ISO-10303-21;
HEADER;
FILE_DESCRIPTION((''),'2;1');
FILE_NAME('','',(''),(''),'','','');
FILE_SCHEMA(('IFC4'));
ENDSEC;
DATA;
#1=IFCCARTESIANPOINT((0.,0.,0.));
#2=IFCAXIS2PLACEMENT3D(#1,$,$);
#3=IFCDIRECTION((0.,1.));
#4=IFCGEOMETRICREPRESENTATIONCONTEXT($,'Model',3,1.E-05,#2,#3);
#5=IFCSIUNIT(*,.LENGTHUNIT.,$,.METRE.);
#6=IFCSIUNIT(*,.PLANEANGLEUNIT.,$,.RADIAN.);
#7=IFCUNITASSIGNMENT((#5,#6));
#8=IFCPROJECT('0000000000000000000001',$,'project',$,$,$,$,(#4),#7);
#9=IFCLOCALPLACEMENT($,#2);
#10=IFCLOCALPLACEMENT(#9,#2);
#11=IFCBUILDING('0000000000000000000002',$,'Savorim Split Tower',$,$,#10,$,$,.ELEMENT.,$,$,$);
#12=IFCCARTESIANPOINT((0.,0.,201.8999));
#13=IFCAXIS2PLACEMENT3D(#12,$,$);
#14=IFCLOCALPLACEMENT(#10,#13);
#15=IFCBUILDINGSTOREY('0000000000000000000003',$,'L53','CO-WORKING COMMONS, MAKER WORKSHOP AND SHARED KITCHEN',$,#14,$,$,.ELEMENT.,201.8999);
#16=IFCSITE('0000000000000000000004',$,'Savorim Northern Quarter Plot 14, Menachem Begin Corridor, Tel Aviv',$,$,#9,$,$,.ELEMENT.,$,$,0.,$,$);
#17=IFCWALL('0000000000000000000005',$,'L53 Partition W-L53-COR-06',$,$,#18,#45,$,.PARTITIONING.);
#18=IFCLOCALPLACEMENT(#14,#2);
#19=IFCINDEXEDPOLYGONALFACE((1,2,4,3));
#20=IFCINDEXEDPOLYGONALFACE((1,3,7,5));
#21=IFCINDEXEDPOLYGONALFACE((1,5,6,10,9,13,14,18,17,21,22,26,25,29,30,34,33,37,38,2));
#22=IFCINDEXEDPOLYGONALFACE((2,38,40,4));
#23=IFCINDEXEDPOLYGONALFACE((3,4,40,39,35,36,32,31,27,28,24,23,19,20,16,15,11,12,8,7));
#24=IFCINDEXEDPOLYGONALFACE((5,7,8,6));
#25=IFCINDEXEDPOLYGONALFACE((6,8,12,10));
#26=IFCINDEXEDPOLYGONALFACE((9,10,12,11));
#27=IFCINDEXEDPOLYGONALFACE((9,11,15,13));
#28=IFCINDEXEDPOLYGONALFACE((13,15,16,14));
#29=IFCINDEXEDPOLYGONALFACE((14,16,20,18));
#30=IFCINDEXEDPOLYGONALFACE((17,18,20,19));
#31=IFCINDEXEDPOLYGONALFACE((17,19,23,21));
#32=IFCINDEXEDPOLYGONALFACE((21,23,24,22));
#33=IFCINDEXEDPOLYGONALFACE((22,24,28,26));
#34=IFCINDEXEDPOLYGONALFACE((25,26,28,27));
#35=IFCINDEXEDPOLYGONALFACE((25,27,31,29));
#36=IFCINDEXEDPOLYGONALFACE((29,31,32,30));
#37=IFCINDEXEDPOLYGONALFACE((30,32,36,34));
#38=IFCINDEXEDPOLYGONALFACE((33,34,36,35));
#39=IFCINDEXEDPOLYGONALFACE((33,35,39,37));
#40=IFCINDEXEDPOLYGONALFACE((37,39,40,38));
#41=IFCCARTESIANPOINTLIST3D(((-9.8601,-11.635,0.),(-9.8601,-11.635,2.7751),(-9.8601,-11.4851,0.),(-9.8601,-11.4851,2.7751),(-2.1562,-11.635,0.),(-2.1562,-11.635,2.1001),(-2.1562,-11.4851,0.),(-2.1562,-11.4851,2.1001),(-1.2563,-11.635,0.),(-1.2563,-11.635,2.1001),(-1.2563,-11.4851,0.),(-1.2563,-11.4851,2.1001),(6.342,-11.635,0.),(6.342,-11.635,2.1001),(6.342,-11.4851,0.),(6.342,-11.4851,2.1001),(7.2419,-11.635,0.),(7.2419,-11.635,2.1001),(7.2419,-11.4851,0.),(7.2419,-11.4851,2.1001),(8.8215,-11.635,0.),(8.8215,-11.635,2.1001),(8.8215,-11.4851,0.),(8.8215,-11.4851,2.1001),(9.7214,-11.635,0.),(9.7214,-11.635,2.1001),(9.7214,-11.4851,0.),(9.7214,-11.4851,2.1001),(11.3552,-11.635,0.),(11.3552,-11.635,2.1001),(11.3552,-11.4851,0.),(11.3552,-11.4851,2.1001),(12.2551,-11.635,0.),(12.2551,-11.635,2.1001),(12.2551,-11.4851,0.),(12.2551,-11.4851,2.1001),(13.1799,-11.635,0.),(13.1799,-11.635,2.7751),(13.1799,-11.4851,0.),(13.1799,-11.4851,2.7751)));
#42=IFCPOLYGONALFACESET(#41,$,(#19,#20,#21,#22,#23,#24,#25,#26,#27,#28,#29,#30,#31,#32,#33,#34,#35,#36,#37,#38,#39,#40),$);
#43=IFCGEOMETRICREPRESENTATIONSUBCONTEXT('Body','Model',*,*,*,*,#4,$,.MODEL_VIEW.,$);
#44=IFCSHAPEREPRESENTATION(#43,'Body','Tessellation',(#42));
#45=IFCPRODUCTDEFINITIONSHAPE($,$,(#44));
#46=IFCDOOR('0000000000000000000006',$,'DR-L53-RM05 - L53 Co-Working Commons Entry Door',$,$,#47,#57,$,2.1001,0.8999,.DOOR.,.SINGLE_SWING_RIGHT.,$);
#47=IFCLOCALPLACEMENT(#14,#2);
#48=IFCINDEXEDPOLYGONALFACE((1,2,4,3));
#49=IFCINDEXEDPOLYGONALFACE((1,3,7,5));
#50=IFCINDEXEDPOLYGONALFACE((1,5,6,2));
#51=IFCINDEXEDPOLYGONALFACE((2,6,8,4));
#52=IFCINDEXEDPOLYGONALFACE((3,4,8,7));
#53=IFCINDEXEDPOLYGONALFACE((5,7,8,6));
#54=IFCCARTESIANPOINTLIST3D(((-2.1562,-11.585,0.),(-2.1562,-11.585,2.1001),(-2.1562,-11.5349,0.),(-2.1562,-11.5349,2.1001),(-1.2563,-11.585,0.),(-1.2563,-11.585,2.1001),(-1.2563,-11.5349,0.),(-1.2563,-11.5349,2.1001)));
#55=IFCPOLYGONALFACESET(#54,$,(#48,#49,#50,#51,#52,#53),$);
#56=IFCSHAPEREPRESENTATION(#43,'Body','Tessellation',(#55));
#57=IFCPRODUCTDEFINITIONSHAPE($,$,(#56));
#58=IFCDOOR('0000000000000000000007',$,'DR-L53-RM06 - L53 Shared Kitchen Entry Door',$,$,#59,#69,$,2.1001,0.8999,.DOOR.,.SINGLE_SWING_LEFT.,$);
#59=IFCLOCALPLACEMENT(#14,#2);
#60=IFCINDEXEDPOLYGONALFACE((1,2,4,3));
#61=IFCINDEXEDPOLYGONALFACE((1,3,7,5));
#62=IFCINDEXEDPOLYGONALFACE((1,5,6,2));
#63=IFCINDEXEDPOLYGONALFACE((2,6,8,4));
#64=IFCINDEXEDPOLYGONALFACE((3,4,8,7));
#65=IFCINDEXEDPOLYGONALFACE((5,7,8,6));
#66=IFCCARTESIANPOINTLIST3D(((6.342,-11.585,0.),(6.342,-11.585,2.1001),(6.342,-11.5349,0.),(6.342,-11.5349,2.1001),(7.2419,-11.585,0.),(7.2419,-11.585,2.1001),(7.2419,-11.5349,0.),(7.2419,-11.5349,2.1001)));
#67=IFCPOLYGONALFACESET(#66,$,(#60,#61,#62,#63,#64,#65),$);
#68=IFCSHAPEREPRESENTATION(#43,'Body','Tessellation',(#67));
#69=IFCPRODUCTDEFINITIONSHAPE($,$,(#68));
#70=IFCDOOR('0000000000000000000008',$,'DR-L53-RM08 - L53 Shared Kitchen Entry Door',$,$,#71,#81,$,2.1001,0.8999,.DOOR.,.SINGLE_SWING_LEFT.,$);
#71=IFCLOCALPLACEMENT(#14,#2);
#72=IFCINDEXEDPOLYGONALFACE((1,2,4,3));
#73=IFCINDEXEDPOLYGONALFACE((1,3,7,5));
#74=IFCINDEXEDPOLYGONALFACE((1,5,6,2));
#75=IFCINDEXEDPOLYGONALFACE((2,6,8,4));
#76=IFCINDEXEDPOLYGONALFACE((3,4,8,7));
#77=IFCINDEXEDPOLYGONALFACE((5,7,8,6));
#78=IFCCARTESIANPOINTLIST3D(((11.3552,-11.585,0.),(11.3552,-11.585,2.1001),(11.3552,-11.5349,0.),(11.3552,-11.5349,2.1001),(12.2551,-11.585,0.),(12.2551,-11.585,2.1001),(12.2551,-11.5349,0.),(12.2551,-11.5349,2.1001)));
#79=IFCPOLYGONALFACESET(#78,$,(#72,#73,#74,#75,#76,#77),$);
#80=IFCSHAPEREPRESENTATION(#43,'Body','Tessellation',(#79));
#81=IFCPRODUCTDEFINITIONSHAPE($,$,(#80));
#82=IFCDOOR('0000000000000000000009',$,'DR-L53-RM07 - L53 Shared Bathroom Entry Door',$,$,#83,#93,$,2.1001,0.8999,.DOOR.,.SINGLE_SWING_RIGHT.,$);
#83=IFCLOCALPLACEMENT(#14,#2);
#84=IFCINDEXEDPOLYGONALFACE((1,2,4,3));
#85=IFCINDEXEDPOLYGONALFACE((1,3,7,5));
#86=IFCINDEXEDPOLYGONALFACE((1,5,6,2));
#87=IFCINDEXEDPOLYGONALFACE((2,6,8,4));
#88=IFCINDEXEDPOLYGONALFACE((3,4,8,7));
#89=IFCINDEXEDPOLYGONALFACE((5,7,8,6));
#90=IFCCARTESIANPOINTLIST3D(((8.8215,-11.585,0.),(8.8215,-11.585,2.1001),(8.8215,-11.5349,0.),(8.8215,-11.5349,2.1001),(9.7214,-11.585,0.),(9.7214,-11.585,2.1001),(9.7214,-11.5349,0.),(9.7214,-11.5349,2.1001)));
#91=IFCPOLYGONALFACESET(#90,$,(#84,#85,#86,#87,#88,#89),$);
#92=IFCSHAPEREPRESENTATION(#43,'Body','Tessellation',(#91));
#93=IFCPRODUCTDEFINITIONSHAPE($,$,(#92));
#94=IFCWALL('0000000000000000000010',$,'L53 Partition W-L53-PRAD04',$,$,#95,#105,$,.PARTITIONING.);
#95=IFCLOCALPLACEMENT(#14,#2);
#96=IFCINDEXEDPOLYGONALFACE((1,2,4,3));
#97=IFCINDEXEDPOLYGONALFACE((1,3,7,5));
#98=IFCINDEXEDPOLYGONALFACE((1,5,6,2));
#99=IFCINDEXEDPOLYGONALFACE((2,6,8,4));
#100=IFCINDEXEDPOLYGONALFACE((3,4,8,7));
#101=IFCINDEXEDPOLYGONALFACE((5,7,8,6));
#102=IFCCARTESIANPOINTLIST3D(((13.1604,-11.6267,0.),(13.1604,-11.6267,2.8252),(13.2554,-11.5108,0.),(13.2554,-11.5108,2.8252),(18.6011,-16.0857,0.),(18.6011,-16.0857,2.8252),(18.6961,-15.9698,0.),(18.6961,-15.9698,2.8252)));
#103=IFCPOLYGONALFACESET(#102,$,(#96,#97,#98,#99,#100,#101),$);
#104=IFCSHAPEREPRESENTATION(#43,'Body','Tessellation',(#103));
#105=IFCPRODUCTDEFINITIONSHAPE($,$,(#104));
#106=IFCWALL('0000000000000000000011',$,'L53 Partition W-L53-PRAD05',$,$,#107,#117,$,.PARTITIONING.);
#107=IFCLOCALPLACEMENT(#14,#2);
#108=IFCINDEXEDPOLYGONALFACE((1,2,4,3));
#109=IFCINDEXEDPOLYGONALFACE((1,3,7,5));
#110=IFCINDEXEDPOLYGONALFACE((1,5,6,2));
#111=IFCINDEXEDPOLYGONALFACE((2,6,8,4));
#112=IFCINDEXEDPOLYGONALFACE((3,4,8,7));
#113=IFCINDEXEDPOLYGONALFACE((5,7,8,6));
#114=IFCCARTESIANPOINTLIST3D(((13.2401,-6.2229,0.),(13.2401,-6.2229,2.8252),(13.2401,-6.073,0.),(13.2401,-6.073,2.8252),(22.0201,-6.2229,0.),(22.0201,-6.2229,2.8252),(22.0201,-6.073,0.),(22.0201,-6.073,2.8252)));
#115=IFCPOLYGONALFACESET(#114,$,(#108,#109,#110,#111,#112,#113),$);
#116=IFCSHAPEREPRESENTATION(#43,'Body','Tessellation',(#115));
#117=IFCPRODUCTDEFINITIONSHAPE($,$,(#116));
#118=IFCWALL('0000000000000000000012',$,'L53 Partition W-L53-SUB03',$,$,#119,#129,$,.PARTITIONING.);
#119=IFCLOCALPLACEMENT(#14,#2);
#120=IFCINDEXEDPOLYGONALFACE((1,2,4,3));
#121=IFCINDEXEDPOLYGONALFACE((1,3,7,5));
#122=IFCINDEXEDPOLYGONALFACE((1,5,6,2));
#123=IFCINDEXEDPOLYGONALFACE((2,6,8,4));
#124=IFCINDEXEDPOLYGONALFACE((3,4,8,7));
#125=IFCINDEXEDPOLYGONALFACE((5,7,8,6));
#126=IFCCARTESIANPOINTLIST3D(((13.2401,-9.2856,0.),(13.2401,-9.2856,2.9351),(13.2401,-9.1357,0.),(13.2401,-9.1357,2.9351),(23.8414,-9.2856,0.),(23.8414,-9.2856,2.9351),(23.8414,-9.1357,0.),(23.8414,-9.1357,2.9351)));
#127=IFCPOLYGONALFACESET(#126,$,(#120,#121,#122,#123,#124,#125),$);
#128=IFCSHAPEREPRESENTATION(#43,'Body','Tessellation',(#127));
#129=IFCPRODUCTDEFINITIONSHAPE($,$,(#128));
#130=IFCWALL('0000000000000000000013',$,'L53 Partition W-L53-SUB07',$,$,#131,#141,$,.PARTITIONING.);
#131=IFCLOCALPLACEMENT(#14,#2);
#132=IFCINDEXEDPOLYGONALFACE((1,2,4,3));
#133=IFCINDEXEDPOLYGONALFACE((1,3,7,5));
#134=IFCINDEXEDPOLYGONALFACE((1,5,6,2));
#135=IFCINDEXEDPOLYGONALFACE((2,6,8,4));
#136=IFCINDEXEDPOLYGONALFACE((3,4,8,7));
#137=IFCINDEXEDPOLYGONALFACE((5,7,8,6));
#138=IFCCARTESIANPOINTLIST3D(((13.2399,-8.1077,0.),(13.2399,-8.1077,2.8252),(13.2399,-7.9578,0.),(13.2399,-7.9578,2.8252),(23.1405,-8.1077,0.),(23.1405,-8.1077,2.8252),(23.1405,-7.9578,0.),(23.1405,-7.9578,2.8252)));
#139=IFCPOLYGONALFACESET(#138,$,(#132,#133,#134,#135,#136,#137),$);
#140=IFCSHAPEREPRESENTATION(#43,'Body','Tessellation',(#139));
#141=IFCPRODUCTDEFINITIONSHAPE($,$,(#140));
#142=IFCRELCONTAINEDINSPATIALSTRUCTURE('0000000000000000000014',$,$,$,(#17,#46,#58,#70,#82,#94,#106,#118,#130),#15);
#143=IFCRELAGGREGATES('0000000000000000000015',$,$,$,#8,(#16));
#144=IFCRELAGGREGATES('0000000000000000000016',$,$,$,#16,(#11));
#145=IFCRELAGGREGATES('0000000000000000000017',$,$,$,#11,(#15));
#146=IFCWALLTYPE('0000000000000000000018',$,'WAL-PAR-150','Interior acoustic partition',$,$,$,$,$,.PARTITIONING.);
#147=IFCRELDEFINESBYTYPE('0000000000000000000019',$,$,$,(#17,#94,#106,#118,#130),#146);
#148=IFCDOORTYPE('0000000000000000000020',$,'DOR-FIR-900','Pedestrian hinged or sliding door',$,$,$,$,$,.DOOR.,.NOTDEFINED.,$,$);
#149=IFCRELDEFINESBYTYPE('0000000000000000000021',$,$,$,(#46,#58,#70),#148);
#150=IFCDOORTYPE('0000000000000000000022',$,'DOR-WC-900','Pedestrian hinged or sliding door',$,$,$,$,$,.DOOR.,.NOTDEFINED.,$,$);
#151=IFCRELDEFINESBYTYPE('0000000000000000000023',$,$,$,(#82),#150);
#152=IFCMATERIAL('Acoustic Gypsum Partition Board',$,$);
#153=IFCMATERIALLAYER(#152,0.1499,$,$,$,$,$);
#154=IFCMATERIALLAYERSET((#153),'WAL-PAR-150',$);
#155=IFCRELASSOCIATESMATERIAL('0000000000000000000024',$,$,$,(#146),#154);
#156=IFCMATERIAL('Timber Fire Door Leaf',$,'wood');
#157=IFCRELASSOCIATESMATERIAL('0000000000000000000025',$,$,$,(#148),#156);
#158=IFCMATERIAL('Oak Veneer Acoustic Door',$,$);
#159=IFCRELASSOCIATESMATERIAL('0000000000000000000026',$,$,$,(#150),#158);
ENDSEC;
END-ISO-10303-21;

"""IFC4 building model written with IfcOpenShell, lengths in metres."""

from ifc_helpers import new_model, si_unit, direction, frame, frame_2d, origin, place, context, subcontext, project, spatial, rectangle, extrude, material, layer, layer_set, type_object, element, fill, save


model = new_model("IFC4")

# Units and contexts
model_context = context("Model", 3, precision=1e-05, world=origin(), true_north=direction((0.0, 1.0)))
body_context = subcontext(model_context, "Body", "Model", "MODEL_VIEW")
ifc_project = project(units=[si_unit("LENGTHUNIT", "METRE"), si_unit("PLANEANGLEUNIT", "RADIAN")], contexts=[model_context])

# Site, building, storey
site_placement = place(None, origin())
site = spatial("IfcSite", under=ifc_project, at=site_placement, Name="Savorim Northern Quarter Plot 14, Menachem Begin Corridor, Tel Aviv", CompositionType="ELEMENT", RefElevation=0.0)
building_placement = place(site_placement, origin())
building = spatial("IfcBuilding", under=site, at=building_placement, Name="Savorim Split Tower", CompositionType="ELEMENT")
storey_placement = place(building_placement, frame((0.0, 0.0, 201.8999)))
storey = spatial("IfcBuildingStorey", under=building, at=storey_placement, Name="L53", Description="CO-WORKING COMMONS, MAKER WORKSHOP AND SHARED KITCHEN", CompositionType="ELEMENT", Elevation=201.8999)

# Wall, openings, doors
ifc_material_1 = material(Name="Acoustic Gypsum Partition Board")
ifc_layer_1 = layer(ifc_material_1, 0.1499)
ifc_layer_set_1 = layer_set([ifc_layer_1], Name="WAL-PAR-150")
wall_type_1 = type_object("IfcWallType", Name="WAL-PAR-150", Description="Interior acoustic partition", PredefinedType="PARTITIONING", material=ifc_layer_set_1)
wall_1_placement = place(storey_placement, frame((13.1799, -11.5601, 0.0), z_axis=(0.0, 0.0, 1.0), x_axis=(-1.0, 0.0, 0.0)))
wall_1 = element("IfcWall", 1, at=wall_1_placement, inside=storey, type_object=wall_type_1, Name="L53 Partition W-L53-COR-06", PredefinedType="PARTITIONING", context=body_context, shape_type="SweptSolid", body=[
    extrude(rectangle(XDim=23.04, YDim=0.1499, at=frame_2d((11.52, 0.0))), origin(), (0.0, 0.0, 1.0), 2.7751),
])
opening_1_placement = place(wall_1_placement, frame((14.4363, 0.0, 0.0)))
opening_1 = element("IfcOpeningElement", 2, at=opening_1_placement, cuts=wall_1, PredefinedType="OPENING", context=body_context, shape_type="SweptSolid", body=[
    extrude(rectangle(XDim=0.8999, YDim=2.1001, at=frame_2d((0.45, 1.05))), frame((0.0, 0.085, 0.0), z_axis=(0.0, -1.0, 0.0), x_axis=(1.0, 0.0, 0.0)), (0.0, 0.0, 1.0), 0.1699),
])
opening_2_placement = place(wall_1_placement, frame((5.938, 0.0, 0.0)))
opening_2 = element("IfcOpeningElement", 3, at=opening_2_placement, cuts=wall_1, PredefinedType="OPENING", context=body_context, shape_type="SweptSolid", body=[
    extrude(rectangle(XDim=0.8999, YDim=2.1001, at=frame_2d((0.45, 1.05))), frame((0.0, 0.085, 0.0), z_axis=(0.0, -1.0, 0.0), x_axis=(1.0, 0.0, 0.0)), (0.0, 0.0, 1.0), 0.1699),
])
opening_3_placement = place(wall_1_placement, frame((3.4585, 0.0, 0.0)))
opening_3 = element("IfcOpeningElement", 4, at=opening_3_placement, cuts=wall_1, PredefinedType="OPENING", context=body_context, shape_type="SweptSolid", body=[
    extrude(rectangle(XDim=0.8999, YDim=2.1001, at=frame_2d((0.45, 1.05))), frame((0.0, 0.085, 0.0), z_axis=(0.0, -1.0, 0.0), x_axis=(1.0, 0.0, 0.0)), (0.0, 0.0, 1.0), 0.1699),
])
opening_4_placement = place(wall_1_placement, frame((0.9248, 0.0, 0.0)))
opening_4 = element("IfcOpeningElement", 5, at=opening_4_placement, cuts=wall_1, PredefinedType="OPENING", context=body_context, shape_type="SweptSolid", body=[
    extrude(rectangle(XDim=0.8999, YDim=2.1001, at=frame_2d((0.45, 1.05))), frame((0.0, 0.085, 0.0), z_axis=(0.0, -1.0, 0.0), x_axis=(1.0, 0.0, 0.0)), (0.0, 0.0, 1.0), 0.1699),
])
ifc_material_2 = material(Name="Timber Fire Door Leaf", Category="wood")
door_type_1 = type_object("IfcDoorType", Name="DOR-FIR-900", Description="Pedestrian hinged or sliding door", OperationType="NOTDEFINED", PredefinedType="DOOR", material=ifc_material_2)
door_1_placement = place(opening_1_placement, origin())
door_1 = element("IfcDoor", 6, at=door_1_placement, inside=storey, type_object=door_type_1, Name="DR-L53-RM05 - L53 Co-Working Commons Entry Door", OperationType="SINGLE_SWING_RIGHT", OverallHeight=2.1001, OverallWidth=0.8999, PredefinedType="DOOR", context=body_context, shape_type="SweptSolid", body=[
    extrude(rectangle(XDim=0.8999, YDim=2.1001, at=frame_2d((0.45, 1.05))), frame((0.0, 0.0249, 0.0), z_axis=(0.0, -1.0, 0.0), x_axis=(1.0, 0.0, 0.0)), (0.0, 0.0, 1.0), 0.05),
])
fill(opening_1, door_1)
door_2_placement = place(opening_2_placement, origin())
door_2 = element("IfcDoor", 7, at=door_2_placement, inside=storey, type_object=door_type_1, Name="DR-L53-RM06 - L53 Shared Kitchen Entry Door", OperationType="SINGLE_SWING_LEFT", OverallHeight=2.1001, OverallWidth=0.8999, PredefinedType="DOOR", context=body_context, shape_type="SweptSolid", body=[
    extrude(rectangle(XDim=0.8999, YDim=2.1001, at=frame_2d((0.45, 1.05))), frame((0.0, 0.0249, 0.0), z_axis=(0.0, -1.0, 0.0), x_axis=(1.0, 0.0, 0.0)), (0.0, 0.0, 1.0), 0.05),
])
fill(opening_2, door_2)
door_3_placement = place(opening_4_placement, origin())
door_3 = element("IfcDoor", 8, at=door_3_placement, inside=storey, type_object=door_type_1, Name="DR-L53-RM08 - L53 Shared Kitchen Entry Door", OperationType="SINGLE_SWING_LEFT", OverallHeight=2.1001, OverallWidth=0.8999, PredefinedType="DOOR", context=body_context, shape_type="SweptSolid", body=[
    extrude(rectangle(XDim=0.8999, YDim=2.1001, at=frame_2d((0.45, 1.05))), frame((0.0, 0.0249, 0.0), z_axis=(0.0, -1.0, 0.0), x_axis=(1.0, 0.0, 0.0)), (0.0, 0.0, 1.0), 0.05),
])
fill(opening_4, door_3)
ifc_material_3 = material(Name="Oak Veneer Acoustic Door")
door_type_2 = type_object("IfcDoorType", Name="DOR-WC-900", Description="Pedestrian hinged or sliding door", OperationType="NOTDEFINED", PredefinedType="DOOR", material=ifc_material_3)
door_4_placement = place(opening_3_placement, origin())
door_4 = element("IfcDoor", 9, at=door_4_placement, inside=storey, type_object=door_type_2, Name="DR-L53-RM07 - L53 Shared Bathroom Entry Door", OperationType="SINGLE_SWING_RIGHT", OverallHeight=2.1001, OverallWidth=0.8999, PredefinedType="DOOR", context=body_context, shape_type="SweptSolid", body=[
    extrude(rectangle(XDim=0.8999, YDim=2.1001, at=frame_2d((0.45, 1.05))), frame((0.0, 0.0249, 0.0), z_axis=(0.0, -1.0, 0.0), x_axis=(1.0, 0.0, 0.0)), (0.0, 0.0, 1.0), 0.05),
])
fill(opening_3, door_4)

# Walls
wall_2_placement = place(storey_placement, frame((13.208, -11.5688, 0.0), z_axis=(0.0, 0.0, 1.0), x_axis=(0.773433, -0.633878, 0.0)))
element("IfcWall", 10, at=wall_2_placement, inside=storey, type_object=wall_type_1, Name="L53 Partition W-L53-PRAD04", PredefinedType="PARTITIONING", context=body_context, shape_type="SweptSolid", body=[
    extrude(rectangle(XDim=7.0344, YDim=0.1499, at=frame_2d((3.5171, 0.0))), origin(), (0.0, 0.0, 1.0), 2.8252),
])
wall_3_placement = place(storey_placement, frame((13.24, -6.1479, 0.0), z_axis=(0.0, 0.0, 1.0), x_axis=(1.0, 0.0, 0.0)))
element("IfcWall", 11, at=wall_3_placement, inside=storey, type_object=wall_type_1, Name="L53 Partition W-L53-PRAD05", PredefinedType="PARTITIONING", context=body_context, shape_type="SweptSolid", body=[
    extrude(rectangle(XDim=8.78, YDim=0.1499, at=frame_2d((4.3901, 0.0))), origin(), (0.0, 0.0, 1.0), 2.8252),
])
wall_4_placement = place(storey_placement, frame((13.24, -9.2107, 0.0), z_axis=(0.0, 0.0, 1.0), x_axis=(1.0, 0.0, 0.0)))
element("IfcWall", 12, at=wall_4_placement, inside=storey, type_object=wall_type_1, Name="L53 Partition W-L53-SUB03", PredefinedType="PARTITIONING", context=body_context, shape_type="SweptSolid", body=[
    extrude(rectangle(XDim=10.6013, YDim=0.1499, at=frame_2d((5.3008, 0.0))), origin(), (0.0, 0.0, 1.0), 2.9351),
])
wall_5_placement = place(storey_placement, frame((13.24, -8.0327, 0.0), z_axis=(0.0, 0.0, 1.0), x_axis=(1.0, 0.0, 0.0)))
element("IfcWall", 13, at=wall_5_placement, inside=storey, type_object=wall_type_1, Name="L53 Partition W-L53-SUB07", PredefinedType="PARTITIONING", context=body_context, shape_type="SweptSolid", body=[
    extrude(rectangle(XDim=9.9006, YDim=0.1499, at=frame_2d((4.9502, 0.0))), origin(), (0.0, 0.0, 1.0), 2.8252),
])

save(model, "model.ifc")
